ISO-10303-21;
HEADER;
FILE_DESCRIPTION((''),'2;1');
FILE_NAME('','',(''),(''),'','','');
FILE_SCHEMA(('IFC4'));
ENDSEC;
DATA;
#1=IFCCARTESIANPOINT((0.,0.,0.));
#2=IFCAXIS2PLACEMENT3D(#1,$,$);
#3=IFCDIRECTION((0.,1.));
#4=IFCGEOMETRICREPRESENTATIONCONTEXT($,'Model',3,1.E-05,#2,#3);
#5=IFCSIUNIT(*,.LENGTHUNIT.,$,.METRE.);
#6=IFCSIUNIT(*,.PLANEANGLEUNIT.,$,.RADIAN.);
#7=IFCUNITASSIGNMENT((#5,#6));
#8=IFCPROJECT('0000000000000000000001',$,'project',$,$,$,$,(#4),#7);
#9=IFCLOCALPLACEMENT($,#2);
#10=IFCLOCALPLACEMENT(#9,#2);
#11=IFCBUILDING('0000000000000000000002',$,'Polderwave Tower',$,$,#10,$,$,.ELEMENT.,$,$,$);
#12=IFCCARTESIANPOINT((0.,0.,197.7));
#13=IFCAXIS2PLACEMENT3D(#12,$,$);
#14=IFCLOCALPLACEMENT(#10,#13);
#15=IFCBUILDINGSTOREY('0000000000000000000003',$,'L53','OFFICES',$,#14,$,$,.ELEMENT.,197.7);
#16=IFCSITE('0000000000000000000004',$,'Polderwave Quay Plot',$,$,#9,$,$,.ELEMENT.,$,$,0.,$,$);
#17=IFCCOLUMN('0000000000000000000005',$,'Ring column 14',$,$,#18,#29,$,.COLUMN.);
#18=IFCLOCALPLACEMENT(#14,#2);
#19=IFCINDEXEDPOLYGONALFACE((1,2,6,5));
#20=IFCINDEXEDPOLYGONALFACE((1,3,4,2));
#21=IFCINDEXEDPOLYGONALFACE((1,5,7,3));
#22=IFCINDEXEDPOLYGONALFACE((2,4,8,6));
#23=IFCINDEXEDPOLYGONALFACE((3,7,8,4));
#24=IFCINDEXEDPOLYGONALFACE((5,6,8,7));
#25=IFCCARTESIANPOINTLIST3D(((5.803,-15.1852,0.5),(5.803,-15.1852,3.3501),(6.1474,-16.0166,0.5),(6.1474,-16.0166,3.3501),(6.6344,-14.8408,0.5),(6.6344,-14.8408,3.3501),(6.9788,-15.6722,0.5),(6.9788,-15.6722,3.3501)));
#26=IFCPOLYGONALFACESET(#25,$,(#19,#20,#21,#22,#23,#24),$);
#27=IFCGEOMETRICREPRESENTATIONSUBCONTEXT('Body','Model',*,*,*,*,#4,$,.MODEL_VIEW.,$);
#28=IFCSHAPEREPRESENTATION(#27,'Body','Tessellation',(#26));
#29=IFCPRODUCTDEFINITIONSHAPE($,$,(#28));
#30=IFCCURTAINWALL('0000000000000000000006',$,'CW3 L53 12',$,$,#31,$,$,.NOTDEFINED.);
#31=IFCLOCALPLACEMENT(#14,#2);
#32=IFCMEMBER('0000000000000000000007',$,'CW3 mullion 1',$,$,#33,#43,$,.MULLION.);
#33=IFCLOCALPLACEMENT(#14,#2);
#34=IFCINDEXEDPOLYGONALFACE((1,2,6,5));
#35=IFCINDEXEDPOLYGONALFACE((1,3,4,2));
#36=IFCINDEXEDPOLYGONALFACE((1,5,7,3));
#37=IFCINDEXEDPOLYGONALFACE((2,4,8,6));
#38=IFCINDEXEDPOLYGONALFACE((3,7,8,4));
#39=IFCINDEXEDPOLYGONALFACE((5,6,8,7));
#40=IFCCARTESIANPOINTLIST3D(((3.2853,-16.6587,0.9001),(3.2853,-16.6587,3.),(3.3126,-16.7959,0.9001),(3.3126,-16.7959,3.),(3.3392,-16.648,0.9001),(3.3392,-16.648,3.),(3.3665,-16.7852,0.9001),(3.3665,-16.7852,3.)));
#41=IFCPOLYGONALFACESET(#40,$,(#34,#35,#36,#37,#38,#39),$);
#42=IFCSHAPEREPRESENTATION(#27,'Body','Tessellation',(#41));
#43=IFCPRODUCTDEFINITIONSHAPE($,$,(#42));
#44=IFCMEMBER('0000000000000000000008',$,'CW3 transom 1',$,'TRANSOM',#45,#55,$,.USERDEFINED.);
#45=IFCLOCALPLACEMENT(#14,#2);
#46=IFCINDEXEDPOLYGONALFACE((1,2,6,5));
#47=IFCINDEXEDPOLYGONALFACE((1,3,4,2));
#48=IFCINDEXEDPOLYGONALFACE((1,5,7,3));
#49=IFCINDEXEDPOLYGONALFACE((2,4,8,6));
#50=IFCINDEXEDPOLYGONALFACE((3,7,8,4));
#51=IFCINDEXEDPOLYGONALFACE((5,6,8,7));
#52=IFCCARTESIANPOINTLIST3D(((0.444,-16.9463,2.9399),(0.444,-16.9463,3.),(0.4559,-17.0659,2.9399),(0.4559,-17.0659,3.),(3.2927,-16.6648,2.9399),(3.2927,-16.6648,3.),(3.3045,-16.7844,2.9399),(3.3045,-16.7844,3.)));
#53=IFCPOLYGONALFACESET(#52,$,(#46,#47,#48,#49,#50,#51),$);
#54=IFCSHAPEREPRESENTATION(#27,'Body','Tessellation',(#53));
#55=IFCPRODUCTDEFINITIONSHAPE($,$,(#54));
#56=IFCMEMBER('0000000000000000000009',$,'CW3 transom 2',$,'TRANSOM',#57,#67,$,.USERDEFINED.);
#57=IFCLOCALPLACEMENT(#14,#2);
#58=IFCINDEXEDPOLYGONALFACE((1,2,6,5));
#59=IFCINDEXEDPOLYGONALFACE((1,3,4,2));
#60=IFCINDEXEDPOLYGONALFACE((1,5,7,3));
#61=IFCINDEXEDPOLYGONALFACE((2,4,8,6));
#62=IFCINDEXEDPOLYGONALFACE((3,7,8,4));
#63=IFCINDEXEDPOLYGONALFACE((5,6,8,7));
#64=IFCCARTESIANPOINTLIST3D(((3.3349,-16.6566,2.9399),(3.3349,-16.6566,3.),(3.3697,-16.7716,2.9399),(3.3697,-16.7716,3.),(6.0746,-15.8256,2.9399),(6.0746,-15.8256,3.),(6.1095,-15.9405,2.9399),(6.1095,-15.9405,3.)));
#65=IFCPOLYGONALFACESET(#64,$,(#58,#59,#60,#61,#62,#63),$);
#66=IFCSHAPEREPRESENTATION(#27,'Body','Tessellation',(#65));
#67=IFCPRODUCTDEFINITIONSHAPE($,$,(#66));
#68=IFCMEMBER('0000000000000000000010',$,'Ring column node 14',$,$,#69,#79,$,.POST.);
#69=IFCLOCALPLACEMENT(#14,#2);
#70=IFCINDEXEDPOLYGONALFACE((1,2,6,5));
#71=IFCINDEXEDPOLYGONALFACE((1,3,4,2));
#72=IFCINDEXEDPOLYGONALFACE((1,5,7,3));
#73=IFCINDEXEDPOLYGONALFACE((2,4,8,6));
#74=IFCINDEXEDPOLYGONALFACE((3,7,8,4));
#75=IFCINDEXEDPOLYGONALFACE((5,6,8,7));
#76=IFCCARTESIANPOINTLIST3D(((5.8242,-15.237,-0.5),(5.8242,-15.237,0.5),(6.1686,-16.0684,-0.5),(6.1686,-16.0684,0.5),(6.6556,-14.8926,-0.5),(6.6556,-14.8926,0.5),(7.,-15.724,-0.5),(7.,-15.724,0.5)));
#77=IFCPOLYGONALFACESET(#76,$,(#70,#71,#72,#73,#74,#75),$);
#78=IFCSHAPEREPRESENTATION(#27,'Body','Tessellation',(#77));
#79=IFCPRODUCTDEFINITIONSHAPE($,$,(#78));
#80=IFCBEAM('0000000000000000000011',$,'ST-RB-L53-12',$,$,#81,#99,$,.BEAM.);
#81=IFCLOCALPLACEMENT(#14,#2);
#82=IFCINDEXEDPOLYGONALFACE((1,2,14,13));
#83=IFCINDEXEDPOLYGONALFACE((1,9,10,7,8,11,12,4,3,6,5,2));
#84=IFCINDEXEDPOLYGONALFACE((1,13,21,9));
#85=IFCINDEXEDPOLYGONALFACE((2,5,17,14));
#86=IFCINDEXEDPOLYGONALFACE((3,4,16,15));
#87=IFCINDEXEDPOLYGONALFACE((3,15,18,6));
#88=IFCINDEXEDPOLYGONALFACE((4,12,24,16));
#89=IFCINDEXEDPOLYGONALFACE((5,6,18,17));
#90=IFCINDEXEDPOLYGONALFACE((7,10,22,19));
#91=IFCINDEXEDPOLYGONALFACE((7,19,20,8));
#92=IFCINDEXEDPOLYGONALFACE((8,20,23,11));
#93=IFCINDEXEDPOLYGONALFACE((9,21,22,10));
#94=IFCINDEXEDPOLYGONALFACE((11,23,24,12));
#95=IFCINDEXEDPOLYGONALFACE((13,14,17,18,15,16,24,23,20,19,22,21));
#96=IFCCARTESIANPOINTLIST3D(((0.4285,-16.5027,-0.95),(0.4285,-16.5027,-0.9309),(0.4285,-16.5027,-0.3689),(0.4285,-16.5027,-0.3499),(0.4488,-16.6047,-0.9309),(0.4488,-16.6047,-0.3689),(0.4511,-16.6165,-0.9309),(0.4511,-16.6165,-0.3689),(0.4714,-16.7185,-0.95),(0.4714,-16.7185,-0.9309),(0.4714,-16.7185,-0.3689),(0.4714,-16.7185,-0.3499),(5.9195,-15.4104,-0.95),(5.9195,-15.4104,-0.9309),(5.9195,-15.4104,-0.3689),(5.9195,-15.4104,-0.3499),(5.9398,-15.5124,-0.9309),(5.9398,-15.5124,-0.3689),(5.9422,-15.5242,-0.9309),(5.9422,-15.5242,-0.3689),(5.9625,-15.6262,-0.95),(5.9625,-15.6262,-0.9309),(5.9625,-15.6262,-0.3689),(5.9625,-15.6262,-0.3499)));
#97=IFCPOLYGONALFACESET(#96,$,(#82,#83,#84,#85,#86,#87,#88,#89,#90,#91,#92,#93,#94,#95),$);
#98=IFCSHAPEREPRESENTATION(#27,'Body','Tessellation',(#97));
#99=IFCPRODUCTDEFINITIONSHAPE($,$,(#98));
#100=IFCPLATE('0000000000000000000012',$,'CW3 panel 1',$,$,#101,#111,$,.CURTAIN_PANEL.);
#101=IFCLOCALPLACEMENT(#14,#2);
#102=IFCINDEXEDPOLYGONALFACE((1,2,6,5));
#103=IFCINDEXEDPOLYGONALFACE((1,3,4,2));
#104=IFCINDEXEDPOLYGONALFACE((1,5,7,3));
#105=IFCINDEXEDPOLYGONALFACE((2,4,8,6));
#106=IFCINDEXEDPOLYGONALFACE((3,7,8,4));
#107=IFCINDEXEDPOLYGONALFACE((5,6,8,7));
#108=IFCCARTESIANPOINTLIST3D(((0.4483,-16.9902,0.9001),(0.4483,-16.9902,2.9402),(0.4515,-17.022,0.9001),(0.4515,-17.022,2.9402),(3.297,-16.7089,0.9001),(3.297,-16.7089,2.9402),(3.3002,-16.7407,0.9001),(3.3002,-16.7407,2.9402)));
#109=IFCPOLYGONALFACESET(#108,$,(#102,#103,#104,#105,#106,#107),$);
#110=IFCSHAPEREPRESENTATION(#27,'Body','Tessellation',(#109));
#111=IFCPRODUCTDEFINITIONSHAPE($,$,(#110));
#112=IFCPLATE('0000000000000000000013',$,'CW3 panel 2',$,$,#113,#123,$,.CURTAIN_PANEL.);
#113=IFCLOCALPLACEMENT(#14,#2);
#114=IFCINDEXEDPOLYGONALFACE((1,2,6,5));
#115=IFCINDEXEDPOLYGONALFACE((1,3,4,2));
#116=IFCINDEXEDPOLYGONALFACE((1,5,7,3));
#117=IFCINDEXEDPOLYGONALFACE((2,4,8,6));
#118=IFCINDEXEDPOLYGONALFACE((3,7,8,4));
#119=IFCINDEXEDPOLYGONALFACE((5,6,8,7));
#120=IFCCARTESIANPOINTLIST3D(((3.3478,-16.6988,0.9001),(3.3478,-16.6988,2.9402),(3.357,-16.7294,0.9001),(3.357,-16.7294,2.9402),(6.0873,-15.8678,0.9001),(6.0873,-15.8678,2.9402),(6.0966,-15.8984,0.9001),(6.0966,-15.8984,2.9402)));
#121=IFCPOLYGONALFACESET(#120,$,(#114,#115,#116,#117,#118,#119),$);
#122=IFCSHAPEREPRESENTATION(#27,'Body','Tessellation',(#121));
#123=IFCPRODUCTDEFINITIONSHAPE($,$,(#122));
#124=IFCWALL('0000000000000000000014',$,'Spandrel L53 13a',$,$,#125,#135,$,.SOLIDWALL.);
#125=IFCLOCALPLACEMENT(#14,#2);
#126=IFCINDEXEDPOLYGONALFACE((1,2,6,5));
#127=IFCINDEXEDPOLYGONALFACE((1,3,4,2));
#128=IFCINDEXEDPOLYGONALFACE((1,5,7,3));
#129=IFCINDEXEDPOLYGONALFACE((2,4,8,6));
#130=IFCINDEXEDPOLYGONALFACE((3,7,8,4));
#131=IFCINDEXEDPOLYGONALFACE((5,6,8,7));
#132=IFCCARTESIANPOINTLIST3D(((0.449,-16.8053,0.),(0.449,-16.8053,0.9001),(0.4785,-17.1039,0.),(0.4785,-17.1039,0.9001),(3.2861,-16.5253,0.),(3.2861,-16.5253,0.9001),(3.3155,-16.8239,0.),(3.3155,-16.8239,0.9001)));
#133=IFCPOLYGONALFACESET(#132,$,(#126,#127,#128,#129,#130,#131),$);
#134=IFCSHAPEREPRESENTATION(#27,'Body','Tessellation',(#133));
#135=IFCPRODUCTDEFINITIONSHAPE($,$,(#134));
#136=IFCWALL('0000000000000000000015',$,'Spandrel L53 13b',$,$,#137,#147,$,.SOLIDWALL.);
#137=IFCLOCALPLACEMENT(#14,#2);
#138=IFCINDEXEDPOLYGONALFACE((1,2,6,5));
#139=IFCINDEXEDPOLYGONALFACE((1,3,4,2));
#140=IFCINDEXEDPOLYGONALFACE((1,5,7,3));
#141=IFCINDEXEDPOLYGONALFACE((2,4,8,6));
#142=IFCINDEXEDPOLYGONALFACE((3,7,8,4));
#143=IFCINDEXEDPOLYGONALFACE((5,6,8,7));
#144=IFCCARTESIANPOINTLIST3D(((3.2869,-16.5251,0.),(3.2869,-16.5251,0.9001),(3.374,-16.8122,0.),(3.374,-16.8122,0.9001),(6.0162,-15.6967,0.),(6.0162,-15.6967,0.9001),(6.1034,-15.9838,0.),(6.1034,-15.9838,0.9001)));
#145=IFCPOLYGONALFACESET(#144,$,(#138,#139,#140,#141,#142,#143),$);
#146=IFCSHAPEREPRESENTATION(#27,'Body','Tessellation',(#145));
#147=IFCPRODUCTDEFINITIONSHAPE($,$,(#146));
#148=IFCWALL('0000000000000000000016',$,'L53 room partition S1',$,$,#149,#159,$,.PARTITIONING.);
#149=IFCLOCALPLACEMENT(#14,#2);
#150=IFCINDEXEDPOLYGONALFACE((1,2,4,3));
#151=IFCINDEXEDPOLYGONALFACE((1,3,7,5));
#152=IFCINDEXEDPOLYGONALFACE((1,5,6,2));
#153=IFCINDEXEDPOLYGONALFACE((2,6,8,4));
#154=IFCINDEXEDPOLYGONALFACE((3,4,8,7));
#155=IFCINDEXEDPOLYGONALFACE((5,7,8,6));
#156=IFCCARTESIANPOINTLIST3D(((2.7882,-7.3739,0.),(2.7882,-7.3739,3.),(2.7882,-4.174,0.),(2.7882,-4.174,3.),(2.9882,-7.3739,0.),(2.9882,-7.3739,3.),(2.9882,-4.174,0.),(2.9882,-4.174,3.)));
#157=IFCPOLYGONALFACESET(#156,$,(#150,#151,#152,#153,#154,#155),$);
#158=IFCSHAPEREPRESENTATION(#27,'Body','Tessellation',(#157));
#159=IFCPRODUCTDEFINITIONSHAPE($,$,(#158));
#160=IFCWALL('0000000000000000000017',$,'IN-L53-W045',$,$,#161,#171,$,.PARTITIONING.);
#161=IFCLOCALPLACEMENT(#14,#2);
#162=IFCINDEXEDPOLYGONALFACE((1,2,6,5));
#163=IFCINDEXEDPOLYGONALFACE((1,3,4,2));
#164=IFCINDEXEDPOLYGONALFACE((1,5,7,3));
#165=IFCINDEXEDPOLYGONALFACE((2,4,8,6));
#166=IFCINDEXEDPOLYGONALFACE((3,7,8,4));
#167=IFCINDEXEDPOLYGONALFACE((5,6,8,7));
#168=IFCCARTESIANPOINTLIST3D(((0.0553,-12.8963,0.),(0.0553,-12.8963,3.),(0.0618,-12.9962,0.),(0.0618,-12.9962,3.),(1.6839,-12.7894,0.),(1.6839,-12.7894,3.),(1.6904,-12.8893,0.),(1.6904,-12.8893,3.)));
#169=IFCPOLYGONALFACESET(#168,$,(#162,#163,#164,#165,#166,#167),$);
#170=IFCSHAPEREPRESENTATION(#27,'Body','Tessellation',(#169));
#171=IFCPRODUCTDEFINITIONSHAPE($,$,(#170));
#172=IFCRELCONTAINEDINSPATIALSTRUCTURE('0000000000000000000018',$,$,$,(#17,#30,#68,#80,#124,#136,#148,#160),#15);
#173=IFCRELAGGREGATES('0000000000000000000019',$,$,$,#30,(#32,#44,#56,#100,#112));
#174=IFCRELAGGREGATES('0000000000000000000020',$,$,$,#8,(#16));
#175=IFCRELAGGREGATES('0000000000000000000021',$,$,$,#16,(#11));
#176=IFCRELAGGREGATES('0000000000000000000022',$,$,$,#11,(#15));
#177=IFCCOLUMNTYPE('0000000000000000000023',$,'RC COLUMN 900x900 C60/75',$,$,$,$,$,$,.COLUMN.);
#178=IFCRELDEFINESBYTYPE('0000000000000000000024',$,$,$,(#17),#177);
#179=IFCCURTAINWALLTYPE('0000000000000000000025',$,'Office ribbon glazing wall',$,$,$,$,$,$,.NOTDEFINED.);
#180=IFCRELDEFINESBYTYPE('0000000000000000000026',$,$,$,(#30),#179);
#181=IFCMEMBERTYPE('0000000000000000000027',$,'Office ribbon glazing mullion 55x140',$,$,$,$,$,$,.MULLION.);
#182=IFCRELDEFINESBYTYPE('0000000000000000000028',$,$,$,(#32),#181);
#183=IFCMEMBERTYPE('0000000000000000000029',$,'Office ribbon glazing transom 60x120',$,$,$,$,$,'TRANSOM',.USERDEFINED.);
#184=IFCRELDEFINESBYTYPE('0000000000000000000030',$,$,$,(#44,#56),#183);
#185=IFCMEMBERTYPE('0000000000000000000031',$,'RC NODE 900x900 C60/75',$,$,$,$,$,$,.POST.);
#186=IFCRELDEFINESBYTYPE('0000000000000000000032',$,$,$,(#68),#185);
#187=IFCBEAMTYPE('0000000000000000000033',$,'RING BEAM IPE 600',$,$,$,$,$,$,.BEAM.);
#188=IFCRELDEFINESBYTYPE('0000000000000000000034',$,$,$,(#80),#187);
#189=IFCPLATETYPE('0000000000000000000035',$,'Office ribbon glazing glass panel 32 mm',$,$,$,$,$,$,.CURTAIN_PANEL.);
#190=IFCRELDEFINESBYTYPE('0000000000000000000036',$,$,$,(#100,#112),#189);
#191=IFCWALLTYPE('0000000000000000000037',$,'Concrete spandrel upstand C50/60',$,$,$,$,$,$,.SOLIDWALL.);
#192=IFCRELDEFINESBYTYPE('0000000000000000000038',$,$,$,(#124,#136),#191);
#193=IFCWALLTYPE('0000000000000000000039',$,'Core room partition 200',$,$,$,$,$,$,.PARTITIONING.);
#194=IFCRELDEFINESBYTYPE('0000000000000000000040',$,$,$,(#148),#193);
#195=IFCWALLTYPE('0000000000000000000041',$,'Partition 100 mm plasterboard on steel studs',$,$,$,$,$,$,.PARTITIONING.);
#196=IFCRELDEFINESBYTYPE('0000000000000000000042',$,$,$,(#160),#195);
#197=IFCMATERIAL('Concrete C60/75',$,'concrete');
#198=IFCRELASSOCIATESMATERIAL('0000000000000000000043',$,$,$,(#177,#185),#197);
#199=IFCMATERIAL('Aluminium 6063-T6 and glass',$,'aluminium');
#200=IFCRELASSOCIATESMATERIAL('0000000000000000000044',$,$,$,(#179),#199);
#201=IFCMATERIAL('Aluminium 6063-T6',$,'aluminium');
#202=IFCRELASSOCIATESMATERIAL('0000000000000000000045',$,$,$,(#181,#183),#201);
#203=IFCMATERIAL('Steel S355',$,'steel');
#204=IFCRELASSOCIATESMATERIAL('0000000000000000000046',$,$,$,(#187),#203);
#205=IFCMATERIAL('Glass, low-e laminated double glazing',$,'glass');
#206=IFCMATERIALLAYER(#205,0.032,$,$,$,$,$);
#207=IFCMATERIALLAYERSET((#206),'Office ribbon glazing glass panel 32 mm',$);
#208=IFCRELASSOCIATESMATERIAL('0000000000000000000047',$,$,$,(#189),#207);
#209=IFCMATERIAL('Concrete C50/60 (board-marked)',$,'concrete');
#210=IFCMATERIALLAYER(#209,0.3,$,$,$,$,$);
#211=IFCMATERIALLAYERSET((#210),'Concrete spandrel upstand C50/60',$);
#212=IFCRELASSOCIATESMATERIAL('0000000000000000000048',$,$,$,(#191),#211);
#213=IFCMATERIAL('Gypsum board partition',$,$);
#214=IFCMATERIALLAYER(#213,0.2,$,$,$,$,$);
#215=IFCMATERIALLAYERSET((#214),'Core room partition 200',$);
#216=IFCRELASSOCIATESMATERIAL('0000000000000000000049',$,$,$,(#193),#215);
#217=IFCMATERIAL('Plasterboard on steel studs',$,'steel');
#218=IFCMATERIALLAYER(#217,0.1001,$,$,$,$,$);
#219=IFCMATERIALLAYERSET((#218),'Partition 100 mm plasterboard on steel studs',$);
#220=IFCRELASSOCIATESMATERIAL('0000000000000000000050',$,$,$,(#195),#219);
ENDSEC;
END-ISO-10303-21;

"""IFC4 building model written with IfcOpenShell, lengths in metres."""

from ifc_helpers import new_model, si_unit, direction, frame, frame_2d, origin, origin_2d, place, context, subcontext, project, spatial, rectangle, i_section, extrude, material, layer, layer_set, material_profile, profile_set, type_object, element, aggregate, save


model = new_model("IFC4")

# Units and contexts
model_context = context("Model", 3, precision=1e-05, world=origin(), true_north=direction((0.0, 1.0)))
body_context = subcontext(model_context, "Body", "Model", "MODEL_VIEW")
ifc_project = project(units=[si_unit("LENGTHUNIT", "METRE"), si_unit("PLANEANGLEUNIT", "RADIAN")], contexts=[model_context])

# Site, building, storey
site_placement = place(None, origin())
site = spatial("IfcSite", under=ifc_project, at=site_placement, Name="Polderwave Quay Plot", CompositionType="ELEMENT", RefElevation=0.0)
building_placement = place(site_placement, origin())
building = spatial("IfcBuilding", under=site, at=building_placement, Name="Polderwave Tower", CompositionType="ELEMENT")
storey_placement = place(building_placement, frame((0.0, 0.0, 197.7)))
storey = spatial("IfcBuildingStorey", under=building, at=storey_placement, Name="L53", Description="OFFICES", CompositionType="ELEMENT", Elevation=197.7)

# Column
ifc_material_1 = material(Name="Concrete C60/75", Category="concrete")
ifc_material_profile_1 = material_profile(ifc_material_1, rectangle(XDim=0.8999, YDim=0.8999, at=origin_2d()), Name="RC 900x900")
ifc_profile_set_1 = profile_set([ifc_material_profile_1], Name="Concrete C60/75")
column_type = type_object("IfcColumnType", Name="RC COLUMN 900x900 C60/75", PredefinedType="COLUMN", material=ifc_profile_set_1)
column_placement = place(storey_placement, frame((6.3909, -15.4287, 0.5), z_axis=(0.0, 0.0, 1.0), x_axis=(0.382683, -0.92388, 0.0)))
element("IfcColumn", 1, at=column_placement, inside=storey, type_object=column_type, Name="Ring column 14", PredefinedType="COLUMN", context=body_context, shape_type="SweptSolid", body=[
    extrude(rectangle(XDim=0.8999, YDim=0.8999, at=origin_2d()), origin(), (0.0, 0.0, 1.0), 2.8501),
])

# Curtain wall, members
ifc_material_2 = material(Name="Aluminium 6063-T6 and glass", Category="aluminium")
curtain_wall_type = type_object("IfcCurtainWallType", Name="Office ribbon glazing wall", PredefinedType="NOTDEFINED", material=ifc_material_2)
curtain_wall_placement = place(storey_placement, origin())
curtain_wall = element("IfcCurtainWall", 2, at=curtain_wall_placement, inside=storey, type_object=curtain_wall_type, Name="CW3 L53 12", PredefinedType="NOTDEFINED")
ifc_material_3 = material(Name="Aluminium 6063-T6", Category="aluminium")
ifc_material_profile_2 = material_profile(ifc_material_3, rectangle(XDim=0.1399, YDim=0.0549, at=origin_2d()), Name="AL 55x140")
ifc_profile_set_2 = profile_set([ifc_material_profile_2], Name="Aluminium 6063-T6")
member_type_1 = type_object("IfcMemberType", Name="Office ribbon glazing mullion 55x140", PredefinedType="MULLION", material=ifc_profile_set_2)
member_1_placement = place(storey_placement, frame((3.3259, -16.7219, 0.9001), z_axis=(0.0, 0.0, 1.0), x_axis=(-0.195205, 0.980762, 0.0)))
member_1 = element("IfcMember", 3, at=member_1_placement, type_object=member_type_1, Name="CW3 mullion 1", PredefinedType="MULLION", context=body_context, shape_type="SweptSolid", body=[
    extrude(rectangle(XDim=0.1399, YDim=0.0549, at=origin_2d()), origin(), (0.0, 0.0, 1.0), 2.0999),
])
ifc_material_profile_3 = material_profile(ifc_material_3, rectangle(XDim=0.1201, YDim=0.0601, at=origin_2d()), Name="AL 60x120")
ifc_profile_set_3 = profile_set([ifc_material_profile_3], Name="Aluminium 6063-T6")
member_type_2 = type_object("IfcMemberType", Name="Office ribbon glazing transom 60x120", ElementType="TRANSOM", PredefinedType="USERDEFINED", material=ifc_profile_set_3)
member_2_placement = place(storey_placement, frame((0.45, -17.0061, 2.97), z_axis=(0.995153, 0.098338, 0.0), x_axis=(-0.098338, 0.995153, 0.0)))
member_2 = element("IfcMember", 4, at=member_2_placement, type_object=member_type_2, Name="CW3 transom 1", ObjectType="TRANSOM", PredefinedType="USERDEFINED", context=body_context, shape_type="SweptSolid", body=[
    extrude(rectangle(XDim=0.1201, YDim=0.0601, at=origin_2d()), origin(), (0.0, 0.0, 1.0), 2.8625),
])
member_3_placement = place(storey_placement, frame((3.3523, -16.7141, 2.97), z_axis=(0.956944, 0.290272, 0.0), x_axis=(-0.290272, 0.956944, 0.0)))
member_3 = element("IfcMember", 5, at=member_3_placement, type_object=member_type_2, Name="CW3 transom 2", ObjectType="TRANSOM", PredefinedType="USERDEFINED", context=body_context, shape_type="SweptSolid", body=[
    extrude(rectangle(XDim=0.1201, YDim=0.0601, at=origin_2d()), origin(), (0.0, 0.0, 1.0), 2.863),
])

# Member
ifc_material_profile_4 = material_profile(ifc_material_1, rectangle(XDim=0.8999, YDim=0.8999, at=origin_2d()), Name="RC 900x900")
ifc_profile_set_4 = profile_set([ifc_material_profile_4], Name="Concrete C60/75")
member_type_3 = type_object("IfcMemberType", Name="RC NODE 900x900 C60/75", PredefinedType="POST", material=ifc_profile_set_4)
member_4_placement = place(storey_placement, frame((6.4121, -15.4805, -0.5), z_axis=(0.0, 0.0, 1.0), x_axis=(0.382683, -0.92388, 0.0)))
element("IfcMember", 6, at=member_4_placement, inside=storey, type_object=member_type_3, Name="Ring column node 14", PredefinedType="POST", context=body_context, shape_type="SweptSolid", body=[
    extrude(rectangle(XDim=0.8999, YDim=0.8999, at=origin_2d()), origin(), (0.0, 0.0, 1.0), 1.0),
])

# Beam
ifc_material_4 = material(Name="Steel S355", Category="steel")
ifc_material_profile_5 = material_profile(ifc_material_4, i_section(OverallWidth=0.22, OverallDepth=0.6001, WebThickness=0.012, FlangeThickness=0.019, at=origin_2d()), Name="IPE 600")
ifc_profile_set_5 = profile_set([ifc_material_profile_5], Name="Steel S355")
beam_type = type_object("IfcBeamType", Name="RING BEAM IPE 600", PredefinedType="BEAM", material=ifc_profile_set_5)
beam_placement = place(storey_placement, frame((0.45, -16.6106, -0.6499), z_axis=(0.980783, 0.195101, 0.0), x_axis=(-0.195101, 0.980783, 0.0)))
element("IfcBeam", 7, at=beam_placement, inside=storey, type_object=beam_type, Name="ST-RB-L53-12", PredefinedType="BEAM", context=body_context, shape_type="SweptSolid", body=[
    extrude(i_section(OverallWidth=0.22, OverallDepth=0.6001, WebThickness=0.012, FlangeThickness=0.019, at=origin_2d()), origin(), (0.0, 0.0, 1.0), 5.5986),
])

# Plates
ifc_material_5 = material(Name="Glass, low-e laminated double glazing", Category="glass")
ifc_layer_1 = layer(ifc_material_5, 0.032)
ifc_layer_set_1 = layer_set([ifc_layer_1], Name="Office ribbon glazing glass panel 32 mm")
plate_type = type_object("IfcPlateType", Name="Office ribbon glazing glass panel 32 mm", PredefinedType="CURTAIN_PANEL", material=ifc_layer_set_1)
plate_1_placement = place(storey_placement, frame((1.8743, -16.8655, 0.9001), z_axis=(0.0, 0.0, 1.0), x_axis=(0.99516, 0.098271, 0.0)))
plate_1 = element("IfcPlate", 8, at=plate_1_placement, type_object=plate_type, Name="CW3 panel 1", PredefinedType="CURTAIN_PANEL", context=body_context, shape_type="SweptSolid", body=[
    extrude(rectangle(XDim=2.8625, YDim=0.032, at=origin_2d()), origin(), (0.0, 0.0, 1.0), 2.04),
])
plate_2_placement = place(storey_placement, frame((4.7222, -16.2986, 0.9001), z_axis=(0.0, 0.0, 1.0), x_axis=(0.956946, 0.290266, 0.0)))
plate_2 = element("IfcPlate", 9, at=plate_2_placement, type_object=plate_type, Name="CW3 panel 2", PredefinedType="CURTAIN_PANEL", context=body_context, shape_type="SweptSolid", body=[
    extrude(rectangle(XDim=2.8628, YDim=0.032, at=origin_2d()), origin(), (0.0, 0.0, 1.0), 2.04),
])
aggregate(curtain_wall, [member_1, member_2, member_3, plate_1, plate_2])

# Walls
ifc_material_6 = material(Name="Concrete C50/60 (board-marked)", Category="concrete")
ifc_layer_2 = layer(ifc_material_6, 0.3)
ifc_layer_set_2 = layer_set([ifc_layer_2], Name="Concrete spandrel upstand C50/60")
wall_type_1 = type_object("IfcWallType", Name="Concrete spandrel upstand C50/60", PredefinedType="SOLIDWALL", material=ifc_layer_set_2)
wall_1_placement = place(storey_placement, frame((0.4639, -16.9546, 0.0), z_axis=(0.0, 0.0, 1.0), x_axis=(0.995164, 0.098223, 0.0)))
element("IfcWall", 10, at=wall_1_placement, inside=storey, type_object=wall_type_1, Name="Spandrel L53 13a", PredefinedType="SOLIDWALL", context=body_context, shape_type="SweptSolid", body=[
    extrude(rectangle(XDim=2.8508, YDim=0.3, at=frame_2d((1.4253, 0.0))), origin(), (0.0, 0.0, 1.0), 0.9001),
])
wall_2_placement = place(storey_placement, frame((3.3303, -16.6687, 0.0), z_axis=(0.0, 0.0, 1.0), x_axis=(0.956895, 0.290433, 0.0)))
element("IfcWall", 11, at=wall_2_placement, inside=storey, type_object=wall_type_1, Name="Spandrel L53 13b", PredefinedType="SOLIDWALL", context=body_context, shape_type="SweptSolid", body=[
    extrude(rectangle(XDim=2.8523, YDim=0.3, at=frame_2d((1.4263, 0.0))), origin(), (0.0, 0.0, 1.0), 0.9001),
])
ifc_material_7 = material(Name="Gypsum board partition")
ifc_layer_3 = layer(ifc_material_7, 0.2)
ifc_layer_set_3 = layer_set([ifc_layer_3], Name="Core room partition 200")
wall_type_2 = type_object("IfcWallType", Name="Core room partition 200", PredefinedType="PARTITIONING", material=ifc_layer_set_3)
wall_3_placement = place(storey_placement, frame((2.8882, -7.374, 0.0), z_axis=(0.0, 0.0, 1.0), x_axis=(0.0, 1.0, 0.0)))
element("IfcWall", 12, at=wall_3_placement, inside=storey, type_object=wall_type_2, Name="L53 room partition S1", PredefinedType="PARTITIONING", context=body_context, shape_type="SweptSolid", body=[
    extrude(rectangle(XDim=3.2, YDim=0.2, at=frame_2d((1.6001, 0.0))), origin(), (0.0, 0.0, 1.0), 3.0),
])
ifc_material_8 = material(Name="Plasterboard on steel studs", Category="steel")
ifc_layer_4 = layer(ifc_material_8, 0.1001)
ifc_layer_set_4 = layer_set([ifc_layer_4], Name="Partition 100 mm plasterboard on steel studs")
wall_type_3 = type_object("IfcWallType", Name="Partition 100 mm plasterboard on steel studs", PredefinedType="PARTITIONING", material=ifc_layer_set_4)
wall_4_placement = place(storey_placement, frame((1.687, -12.8394, 0.0), z_axis=(0.0, 0.0, 1.0), x_axis=(-0.997852, -0.065516, 0.0)))
element("IfcWall", 13, at=wall_4_placement, inside=storey, type_object=wall_type_3, Name="IN-L53-W045", PredefinedType="PARTITIONING", context=body_context, shape_type="SweptSolid", body=[
    extrude(rectangle(XDim=1.6321, YDim=0.1001, at=frame_2d((0.8159, 0.0))), origin(), (0.0, 0.0, 1.0), 3.0),
])

save(model, "model.ifc")
